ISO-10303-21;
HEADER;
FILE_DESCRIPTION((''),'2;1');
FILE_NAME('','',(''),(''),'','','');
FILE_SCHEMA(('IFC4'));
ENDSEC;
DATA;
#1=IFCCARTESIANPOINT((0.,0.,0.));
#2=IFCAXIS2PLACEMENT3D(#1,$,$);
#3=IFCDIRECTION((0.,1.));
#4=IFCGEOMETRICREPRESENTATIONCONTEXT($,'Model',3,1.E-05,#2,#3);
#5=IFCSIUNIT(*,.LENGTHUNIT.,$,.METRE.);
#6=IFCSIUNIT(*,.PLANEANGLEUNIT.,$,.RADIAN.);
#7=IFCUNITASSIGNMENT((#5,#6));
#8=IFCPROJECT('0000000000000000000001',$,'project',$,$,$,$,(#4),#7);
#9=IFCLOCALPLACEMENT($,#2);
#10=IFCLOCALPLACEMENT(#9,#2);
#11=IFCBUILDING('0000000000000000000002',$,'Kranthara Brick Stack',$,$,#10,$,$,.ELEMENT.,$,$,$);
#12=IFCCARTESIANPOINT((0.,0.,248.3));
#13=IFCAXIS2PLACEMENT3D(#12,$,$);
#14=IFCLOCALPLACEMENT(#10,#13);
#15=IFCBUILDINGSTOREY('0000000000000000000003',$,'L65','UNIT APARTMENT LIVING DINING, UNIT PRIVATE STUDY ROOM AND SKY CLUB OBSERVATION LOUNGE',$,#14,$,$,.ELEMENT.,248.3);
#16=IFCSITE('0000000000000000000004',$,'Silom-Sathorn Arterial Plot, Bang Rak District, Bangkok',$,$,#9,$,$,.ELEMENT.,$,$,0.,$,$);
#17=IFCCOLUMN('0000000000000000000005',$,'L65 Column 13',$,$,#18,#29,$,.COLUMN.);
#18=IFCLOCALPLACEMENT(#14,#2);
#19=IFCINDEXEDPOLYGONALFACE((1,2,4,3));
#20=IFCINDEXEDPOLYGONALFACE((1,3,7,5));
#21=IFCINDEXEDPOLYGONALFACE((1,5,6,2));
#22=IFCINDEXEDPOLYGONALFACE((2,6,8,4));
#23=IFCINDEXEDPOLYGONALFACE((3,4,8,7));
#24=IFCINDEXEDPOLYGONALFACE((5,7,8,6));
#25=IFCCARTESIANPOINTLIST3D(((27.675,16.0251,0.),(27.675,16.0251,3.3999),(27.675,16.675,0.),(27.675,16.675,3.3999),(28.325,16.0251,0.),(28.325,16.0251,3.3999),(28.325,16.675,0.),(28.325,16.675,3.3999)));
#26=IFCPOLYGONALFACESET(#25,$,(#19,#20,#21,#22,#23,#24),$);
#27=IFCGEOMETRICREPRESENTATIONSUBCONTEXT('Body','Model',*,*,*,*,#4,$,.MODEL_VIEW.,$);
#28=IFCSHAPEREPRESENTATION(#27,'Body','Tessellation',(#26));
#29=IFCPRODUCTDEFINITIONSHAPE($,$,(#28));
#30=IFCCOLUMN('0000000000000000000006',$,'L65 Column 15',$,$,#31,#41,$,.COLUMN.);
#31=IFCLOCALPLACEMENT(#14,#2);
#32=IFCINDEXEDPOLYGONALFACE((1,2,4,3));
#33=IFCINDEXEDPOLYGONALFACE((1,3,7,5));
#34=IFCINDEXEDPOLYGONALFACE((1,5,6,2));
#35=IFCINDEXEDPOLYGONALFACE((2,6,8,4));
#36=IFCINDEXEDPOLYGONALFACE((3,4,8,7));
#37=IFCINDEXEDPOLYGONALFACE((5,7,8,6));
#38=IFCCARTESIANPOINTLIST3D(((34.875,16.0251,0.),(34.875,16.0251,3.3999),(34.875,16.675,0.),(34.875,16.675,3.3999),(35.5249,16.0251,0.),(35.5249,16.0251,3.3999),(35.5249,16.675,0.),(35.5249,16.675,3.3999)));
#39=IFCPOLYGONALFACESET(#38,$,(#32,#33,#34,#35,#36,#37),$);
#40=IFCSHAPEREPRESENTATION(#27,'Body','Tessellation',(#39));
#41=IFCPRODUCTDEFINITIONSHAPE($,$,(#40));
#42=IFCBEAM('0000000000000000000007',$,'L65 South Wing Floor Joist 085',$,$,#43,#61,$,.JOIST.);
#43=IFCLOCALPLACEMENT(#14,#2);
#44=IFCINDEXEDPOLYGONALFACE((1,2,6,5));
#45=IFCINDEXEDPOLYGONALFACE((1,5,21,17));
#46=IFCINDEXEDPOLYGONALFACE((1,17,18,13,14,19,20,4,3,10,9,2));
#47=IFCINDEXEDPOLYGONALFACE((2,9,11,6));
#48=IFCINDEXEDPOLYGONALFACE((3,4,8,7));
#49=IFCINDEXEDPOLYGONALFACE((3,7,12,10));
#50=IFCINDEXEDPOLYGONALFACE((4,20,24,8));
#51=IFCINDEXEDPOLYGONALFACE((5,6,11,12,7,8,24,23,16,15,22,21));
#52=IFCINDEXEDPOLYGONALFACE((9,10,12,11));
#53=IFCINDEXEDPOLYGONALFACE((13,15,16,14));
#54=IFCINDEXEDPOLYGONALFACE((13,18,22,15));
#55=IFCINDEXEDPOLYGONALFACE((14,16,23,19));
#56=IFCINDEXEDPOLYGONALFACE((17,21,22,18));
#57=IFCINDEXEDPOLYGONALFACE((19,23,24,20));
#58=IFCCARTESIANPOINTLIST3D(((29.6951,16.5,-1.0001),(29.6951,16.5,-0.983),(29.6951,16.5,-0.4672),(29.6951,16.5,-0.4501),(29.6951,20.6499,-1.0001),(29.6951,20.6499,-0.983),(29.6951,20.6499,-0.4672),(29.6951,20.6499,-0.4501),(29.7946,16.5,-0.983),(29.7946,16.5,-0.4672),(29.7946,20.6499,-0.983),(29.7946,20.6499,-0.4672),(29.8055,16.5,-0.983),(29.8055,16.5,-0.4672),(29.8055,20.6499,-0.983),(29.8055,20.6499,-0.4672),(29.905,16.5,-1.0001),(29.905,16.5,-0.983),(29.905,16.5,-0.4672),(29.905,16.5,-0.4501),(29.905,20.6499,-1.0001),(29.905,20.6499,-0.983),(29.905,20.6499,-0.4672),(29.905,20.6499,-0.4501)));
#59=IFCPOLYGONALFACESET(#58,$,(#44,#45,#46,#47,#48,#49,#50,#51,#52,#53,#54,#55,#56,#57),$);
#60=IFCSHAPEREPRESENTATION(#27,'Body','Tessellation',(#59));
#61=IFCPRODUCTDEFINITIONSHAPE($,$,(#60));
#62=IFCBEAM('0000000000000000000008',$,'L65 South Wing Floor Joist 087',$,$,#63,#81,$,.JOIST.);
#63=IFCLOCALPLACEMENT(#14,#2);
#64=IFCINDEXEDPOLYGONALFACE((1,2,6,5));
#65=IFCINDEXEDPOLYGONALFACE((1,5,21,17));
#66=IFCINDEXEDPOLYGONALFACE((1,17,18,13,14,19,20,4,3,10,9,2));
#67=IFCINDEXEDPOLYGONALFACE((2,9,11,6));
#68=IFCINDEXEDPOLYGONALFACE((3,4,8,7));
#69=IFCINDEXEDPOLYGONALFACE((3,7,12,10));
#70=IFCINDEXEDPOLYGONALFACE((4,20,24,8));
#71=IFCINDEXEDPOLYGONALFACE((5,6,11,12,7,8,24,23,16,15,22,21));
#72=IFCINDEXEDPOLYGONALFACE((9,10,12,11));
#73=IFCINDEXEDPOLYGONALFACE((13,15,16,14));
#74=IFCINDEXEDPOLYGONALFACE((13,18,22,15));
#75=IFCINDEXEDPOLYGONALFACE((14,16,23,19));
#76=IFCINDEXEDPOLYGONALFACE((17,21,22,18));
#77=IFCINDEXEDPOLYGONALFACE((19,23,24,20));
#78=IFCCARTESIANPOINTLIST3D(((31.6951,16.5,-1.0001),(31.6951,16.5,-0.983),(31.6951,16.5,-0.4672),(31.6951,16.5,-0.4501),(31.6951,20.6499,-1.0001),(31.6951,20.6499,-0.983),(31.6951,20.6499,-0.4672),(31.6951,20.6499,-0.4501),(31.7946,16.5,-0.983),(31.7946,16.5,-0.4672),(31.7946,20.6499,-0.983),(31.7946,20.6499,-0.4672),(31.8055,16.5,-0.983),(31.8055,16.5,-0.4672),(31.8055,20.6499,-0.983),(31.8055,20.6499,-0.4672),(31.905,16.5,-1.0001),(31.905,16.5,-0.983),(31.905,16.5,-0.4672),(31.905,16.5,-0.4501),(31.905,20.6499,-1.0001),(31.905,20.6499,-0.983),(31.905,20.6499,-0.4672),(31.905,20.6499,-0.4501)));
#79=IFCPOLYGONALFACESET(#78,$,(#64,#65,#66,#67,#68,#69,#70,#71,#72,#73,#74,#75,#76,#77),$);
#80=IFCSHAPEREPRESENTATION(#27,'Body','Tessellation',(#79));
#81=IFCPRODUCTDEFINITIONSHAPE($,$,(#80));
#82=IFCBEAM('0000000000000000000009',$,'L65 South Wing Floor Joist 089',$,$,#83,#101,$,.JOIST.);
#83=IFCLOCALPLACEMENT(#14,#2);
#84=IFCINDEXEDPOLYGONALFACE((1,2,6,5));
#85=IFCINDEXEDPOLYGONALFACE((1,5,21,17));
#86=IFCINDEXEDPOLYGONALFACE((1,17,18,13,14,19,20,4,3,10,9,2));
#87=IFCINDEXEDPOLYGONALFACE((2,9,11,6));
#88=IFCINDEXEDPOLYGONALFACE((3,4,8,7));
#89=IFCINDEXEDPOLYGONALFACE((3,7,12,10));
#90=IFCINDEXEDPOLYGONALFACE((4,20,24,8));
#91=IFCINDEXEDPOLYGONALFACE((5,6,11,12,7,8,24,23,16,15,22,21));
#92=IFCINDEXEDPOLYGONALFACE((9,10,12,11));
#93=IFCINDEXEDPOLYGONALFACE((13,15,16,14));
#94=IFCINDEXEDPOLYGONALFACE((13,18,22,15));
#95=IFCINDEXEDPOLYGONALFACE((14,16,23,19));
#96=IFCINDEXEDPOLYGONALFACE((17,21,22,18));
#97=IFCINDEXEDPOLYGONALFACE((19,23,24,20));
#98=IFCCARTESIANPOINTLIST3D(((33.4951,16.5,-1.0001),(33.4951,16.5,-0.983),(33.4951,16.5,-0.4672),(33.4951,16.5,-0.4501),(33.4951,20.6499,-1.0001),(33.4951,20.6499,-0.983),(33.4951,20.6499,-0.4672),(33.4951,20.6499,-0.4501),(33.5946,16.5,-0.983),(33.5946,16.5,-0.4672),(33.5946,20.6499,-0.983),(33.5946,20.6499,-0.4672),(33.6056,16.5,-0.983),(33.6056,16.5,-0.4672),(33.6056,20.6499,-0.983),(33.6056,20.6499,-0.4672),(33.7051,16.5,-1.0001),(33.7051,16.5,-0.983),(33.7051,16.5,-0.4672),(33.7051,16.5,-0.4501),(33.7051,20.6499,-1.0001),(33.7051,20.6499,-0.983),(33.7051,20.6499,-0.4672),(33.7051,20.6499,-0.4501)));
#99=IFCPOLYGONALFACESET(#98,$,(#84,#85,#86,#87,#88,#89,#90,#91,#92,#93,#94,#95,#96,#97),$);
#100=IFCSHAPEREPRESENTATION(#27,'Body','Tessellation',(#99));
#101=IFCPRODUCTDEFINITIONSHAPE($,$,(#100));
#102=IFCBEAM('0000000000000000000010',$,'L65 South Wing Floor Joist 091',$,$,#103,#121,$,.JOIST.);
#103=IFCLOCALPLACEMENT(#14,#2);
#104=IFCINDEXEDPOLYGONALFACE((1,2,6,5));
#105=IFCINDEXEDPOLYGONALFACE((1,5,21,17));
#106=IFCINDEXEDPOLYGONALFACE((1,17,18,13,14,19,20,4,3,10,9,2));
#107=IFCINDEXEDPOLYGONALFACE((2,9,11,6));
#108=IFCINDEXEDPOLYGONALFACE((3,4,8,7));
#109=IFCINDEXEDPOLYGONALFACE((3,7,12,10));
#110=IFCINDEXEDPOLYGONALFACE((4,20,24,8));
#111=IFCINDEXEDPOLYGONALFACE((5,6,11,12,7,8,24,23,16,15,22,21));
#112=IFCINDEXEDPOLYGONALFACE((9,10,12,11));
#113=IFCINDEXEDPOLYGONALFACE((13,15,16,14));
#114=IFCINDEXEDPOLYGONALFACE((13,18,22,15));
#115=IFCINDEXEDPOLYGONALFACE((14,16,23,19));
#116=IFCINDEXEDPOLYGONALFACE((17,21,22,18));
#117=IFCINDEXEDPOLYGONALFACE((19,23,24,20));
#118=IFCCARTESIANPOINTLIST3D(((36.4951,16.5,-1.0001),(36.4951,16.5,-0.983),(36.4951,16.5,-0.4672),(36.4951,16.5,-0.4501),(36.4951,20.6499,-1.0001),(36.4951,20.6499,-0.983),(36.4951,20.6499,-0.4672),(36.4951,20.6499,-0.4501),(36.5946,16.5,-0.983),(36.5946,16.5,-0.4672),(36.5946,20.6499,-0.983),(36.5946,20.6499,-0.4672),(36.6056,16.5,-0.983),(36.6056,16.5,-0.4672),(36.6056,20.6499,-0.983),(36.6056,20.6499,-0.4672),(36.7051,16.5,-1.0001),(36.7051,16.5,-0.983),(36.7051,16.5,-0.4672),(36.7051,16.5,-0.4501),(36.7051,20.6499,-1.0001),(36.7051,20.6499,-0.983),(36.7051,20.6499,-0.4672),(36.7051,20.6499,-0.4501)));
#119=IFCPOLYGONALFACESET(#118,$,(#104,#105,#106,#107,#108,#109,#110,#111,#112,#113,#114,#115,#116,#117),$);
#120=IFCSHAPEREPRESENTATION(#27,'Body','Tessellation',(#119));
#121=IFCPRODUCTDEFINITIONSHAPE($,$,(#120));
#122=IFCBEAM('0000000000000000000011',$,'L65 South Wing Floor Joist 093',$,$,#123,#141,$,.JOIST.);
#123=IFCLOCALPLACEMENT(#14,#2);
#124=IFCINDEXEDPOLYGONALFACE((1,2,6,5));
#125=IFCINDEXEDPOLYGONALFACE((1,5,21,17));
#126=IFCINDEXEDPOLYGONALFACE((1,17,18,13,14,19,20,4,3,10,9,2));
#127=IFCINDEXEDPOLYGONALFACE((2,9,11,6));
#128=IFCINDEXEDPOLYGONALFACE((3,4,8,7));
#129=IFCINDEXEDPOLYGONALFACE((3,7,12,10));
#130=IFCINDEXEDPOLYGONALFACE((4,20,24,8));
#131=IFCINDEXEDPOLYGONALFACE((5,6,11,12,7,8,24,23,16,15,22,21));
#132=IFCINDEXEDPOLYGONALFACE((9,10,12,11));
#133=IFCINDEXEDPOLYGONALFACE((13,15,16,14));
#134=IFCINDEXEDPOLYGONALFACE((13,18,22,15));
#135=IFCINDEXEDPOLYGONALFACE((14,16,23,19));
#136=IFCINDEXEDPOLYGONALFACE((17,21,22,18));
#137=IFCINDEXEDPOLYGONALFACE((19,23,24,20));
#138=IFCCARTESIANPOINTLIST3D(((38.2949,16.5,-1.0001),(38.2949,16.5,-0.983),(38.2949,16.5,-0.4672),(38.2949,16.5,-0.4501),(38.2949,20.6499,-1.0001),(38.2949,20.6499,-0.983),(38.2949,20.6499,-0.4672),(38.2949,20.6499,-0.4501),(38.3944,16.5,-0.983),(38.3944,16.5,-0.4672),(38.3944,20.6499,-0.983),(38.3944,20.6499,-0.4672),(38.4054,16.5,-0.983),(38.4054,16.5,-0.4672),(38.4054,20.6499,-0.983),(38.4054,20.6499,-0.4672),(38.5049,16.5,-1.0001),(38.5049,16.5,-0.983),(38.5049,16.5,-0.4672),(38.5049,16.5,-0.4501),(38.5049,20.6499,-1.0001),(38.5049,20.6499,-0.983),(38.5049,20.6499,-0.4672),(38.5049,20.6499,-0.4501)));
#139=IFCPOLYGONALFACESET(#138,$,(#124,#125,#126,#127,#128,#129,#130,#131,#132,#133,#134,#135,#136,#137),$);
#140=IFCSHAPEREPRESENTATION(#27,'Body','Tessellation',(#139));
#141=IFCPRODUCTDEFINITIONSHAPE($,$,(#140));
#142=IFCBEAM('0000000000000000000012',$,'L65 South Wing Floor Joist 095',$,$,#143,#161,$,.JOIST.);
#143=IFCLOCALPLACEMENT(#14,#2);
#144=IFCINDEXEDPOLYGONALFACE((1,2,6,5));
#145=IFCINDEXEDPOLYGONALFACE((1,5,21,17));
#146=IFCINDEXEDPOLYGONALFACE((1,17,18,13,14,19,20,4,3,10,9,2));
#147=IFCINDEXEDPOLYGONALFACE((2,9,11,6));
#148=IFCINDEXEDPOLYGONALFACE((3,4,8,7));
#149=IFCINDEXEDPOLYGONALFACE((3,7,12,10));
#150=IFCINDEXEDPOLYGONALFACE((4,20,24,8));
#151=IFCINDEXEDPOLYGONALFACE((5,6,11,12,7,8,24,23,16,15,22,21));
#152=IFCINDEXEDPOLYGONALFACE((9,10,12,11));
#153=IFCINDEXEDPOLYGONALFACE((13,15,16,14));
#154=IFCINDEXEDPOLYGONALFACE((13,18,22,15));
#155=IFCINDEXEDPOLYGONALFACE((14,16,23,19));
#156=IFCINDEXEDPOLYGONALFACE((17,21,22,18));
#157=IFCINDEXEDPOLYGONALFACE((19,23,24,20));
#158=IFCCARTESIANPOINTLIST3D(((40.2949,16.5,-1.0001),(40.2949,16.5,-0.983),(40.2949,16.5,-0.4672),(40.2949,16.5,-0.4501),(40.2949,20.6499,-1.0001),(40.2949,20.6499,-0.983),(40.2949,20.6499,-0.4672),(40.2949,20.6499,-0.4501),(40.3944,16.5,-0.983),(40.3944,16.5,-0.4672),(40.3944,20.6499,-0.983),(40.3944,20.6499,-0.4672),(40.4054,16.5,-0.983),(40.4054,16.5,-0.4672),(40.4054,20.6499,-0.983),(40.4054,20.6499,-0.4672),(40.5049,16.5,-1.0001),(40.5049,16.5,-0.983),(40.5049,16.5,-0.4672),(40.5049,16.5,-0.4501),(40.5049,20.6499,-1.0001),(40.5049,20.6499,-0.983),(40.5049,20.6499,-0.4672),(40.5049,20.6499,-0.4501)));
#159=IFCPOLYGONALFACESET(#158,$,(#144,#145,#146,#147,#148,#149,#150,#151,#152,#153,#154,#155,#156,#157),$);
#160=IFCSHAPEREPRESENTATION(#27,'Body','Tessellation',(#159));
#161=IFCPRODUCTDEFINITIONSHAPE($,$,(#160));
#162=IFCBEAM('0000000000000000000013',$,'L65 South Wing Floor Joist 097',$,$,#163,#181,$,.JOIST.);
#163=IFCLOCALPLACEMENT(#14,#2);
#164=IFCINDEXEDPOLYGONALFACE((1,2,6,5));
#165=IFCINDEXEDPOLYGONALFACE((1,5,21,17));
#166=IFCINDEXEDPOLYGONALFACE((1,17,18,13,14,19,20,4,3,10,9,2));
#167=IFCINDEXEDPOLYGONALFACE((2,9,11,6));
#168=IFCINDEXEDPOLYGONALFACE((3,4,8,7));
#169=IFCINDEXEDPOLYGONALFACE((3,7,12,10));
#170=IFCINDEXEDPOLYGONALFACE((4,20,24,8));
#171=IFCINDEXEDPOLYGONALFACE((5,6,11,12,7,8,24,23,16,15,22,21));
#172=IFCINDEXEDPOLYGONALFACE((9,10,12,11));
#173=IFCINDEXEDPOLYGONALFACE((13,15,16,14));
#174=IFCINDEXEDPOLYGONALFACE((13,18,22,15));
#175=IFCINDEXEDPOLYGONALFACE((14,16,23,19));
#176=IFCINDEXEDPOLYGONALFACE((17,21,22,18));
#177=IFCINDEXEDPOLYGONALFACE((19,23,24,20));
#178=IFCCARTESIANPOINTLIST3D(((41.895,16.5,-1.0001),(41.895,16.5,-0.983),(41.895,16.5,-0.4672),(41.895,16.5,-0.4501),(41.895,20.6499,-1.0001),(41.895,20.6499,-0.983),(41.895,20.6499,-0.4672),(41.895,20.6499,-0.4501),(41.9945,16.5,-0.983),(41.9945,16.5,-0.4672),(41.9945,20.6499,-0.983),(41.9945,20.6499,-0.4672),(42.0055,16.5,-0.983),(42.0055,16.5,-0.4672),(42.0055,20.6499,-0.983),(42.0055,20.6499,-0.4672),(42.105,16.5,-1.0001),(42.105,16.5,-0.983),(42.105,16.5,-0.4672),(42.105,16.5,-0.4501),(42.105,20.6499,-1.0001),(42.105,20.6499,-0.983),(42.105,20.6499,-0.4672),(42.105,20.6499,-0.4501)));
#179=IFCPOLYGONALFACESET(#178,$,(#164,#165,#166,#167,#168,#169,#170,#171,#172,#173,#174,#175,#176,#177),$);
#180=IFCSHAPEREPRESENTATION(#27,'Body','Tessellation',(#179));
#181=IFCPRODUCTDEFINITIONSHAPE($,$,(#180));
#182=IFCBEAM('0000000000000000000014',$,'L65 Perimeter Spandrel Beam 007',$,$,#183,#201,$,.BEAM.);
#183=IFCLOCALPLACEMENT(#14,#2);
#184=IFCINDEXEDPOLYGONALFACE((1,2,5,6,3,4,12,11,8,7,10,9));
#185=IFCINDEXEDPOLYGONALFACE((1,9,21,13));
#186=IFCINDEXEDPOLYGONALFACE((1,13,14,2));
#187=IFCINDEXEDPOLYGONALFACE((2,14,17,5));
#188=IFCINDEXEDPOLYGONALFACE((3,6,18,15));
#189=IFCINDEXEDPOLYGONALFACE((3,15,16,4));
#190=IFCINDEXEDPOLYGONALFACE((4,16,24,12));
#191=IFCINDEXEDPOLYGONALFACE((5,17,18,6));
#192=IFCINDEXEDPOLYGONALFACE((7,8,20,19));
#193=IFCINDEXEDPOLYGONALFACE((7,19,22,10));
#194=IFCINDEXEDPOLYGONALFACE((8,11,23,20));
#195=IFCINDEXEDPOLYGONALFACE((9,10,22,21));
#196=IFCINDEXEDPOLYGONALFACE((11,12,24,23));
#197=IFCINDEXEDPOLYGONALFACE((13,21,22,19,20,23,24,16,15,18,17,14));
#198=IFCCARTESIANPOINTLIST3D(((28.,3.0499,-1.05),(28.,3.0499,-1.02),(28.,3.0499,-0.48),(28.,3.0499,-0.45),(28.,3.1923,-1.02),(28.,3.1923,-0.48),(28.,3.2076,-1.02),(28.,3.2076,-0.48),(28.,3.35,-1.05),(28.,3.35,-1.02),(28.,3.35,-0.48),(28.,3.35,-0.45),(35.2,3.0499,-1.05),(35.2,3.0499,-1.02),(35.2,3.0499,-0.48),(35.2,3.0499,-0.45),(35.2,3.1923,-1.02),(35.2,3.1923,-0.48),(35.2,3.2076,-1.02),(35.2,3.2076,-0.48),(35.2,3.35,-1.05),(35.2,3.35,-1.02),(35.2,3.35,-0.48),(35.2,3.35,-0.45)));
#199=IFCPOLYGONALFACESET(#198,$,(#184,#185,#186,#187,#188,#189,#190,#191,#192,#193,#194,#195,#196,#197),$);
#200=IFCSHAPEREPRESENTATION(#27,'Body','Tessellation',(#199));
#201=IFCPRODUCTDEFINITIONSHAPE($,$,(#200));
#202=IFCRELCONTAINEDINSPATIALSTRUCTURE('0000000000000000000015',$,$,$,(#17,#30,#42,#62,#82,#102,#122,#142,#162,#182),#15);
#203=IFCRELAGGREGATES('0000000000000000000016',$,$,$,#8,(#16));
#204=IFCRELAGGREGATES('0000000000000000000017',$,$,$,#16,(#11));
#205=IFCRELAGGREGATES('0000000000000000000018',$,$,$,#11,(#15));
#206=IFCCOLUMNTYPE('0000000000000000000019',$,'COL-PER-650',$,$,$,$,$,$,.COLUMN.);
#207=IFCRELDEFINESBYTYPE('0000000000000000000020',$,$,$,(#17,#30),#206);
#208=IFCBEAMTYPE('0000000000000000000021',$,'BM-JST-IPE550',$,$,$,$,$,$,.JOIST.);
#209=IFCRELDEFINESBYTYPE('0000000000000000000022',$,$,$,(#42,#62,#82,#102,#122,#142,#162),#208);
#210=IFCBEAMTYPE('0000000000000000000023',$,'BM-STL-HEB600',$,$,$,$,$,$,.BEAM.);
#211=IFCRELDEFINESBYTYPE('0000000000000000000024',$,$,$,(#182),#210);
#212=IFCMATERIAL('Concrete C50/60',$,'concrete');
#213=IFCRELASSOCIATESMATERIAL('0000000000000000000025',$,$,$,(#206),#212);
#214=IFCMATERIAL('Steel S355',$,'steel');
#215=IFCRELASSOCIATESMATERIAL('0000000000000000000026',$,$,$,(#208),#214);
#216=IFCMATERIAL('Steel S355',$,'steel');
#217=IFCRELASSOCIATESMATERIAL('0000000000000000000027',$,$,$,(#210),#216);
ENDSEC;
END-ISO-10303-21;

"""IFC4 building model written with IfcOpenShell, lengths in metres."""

from ifc_helpers import new_model, si_unit, direction, frame, origin, origin_2d, place, context, subcontext, project, spatial, rectangle, i_section, extrude, material, material_profile, profile_set, type_object, element, save


model = new_model("IFC4")

# Units and contexts
model_context = context("Model", 3, precision=1e-05, world=origin(), true_north=direction((0.0, 1.0)))
body_context = subcontext(model_context, "Body", "Model", "MODEL_VIEW")
ifc_project = project(units=[si_unit("LENGTHUNIT", "METRE"), si_unit("PLANEANGLEUNIT", "RADIAN")], contexts=[model_context])

# Site, building, storey
site_placement = place(None, origin())
site = spatial("IfcSite", under=ifc_project, at=site_placement, Name="Silom-Sathorn Arterial Plot, Bang Rak District, Bangkok", CompositionType="ELEMENT", RefElevation=0.0)
building_placement = place(site_placement, origin())
building = spatial("IfcBuilding", under=site, at=building_placement, Name="Kranthara Brick Stack", CompositionType="ELEMENT")
storey_placement = place(building_placement, frame((0.0, 0.0, 248.3)))
storey = spatial("IfcBuildingStorey", under=building, at=storey_placement, Name="L65", Description="UNIT APARTMENT LIVING DINING, UNIT PRIVATE STUDY ROOM AND SKY CLUB OBSERVATION LOUNGE", CompositionType="ELEMENT", Elevation=248.3)

# Columns
ifc_material_1 = material(Name="Concrete C50/60", Category="concrete")
ifc_material_profile_1 = material_profile(ifc_material_1, rectangle(XDim=0.6499, YDim=0.6499, at=origin_2d()), Name="RC 650x650")
ifc_profile_set_1 = profile_set([ifc_material_profile_1], Name="Concrete C50/60")
column_type = type_object("IfcColumnType", Name="COL-PER-650", PredefinedType="COLUMN", material=ifc_profile_set_1)
for number, where, z_axis, x_axis, name in (
    (1, (28.0, 16.3501, 0.0), (0.0, 0.0, 1.0), (1.0, 0.0, 0.0), "L65 Column 13"),
    (2, (35.2, 16.3501, 0.0), (0.0, 0.0, 1.0), (1.0, 0.0, 0.0), "L65 Column 15"),
):
    element("IfcColumn", number, at=place(storey_placement, frame(where, z_axis=z_axis, x_axis=x_axis)), inside=storey, type_object=column_type, Name=name, PredefinedType="COLUMN", context=body_context, shape_type="SweptSolid", body=[
        extrude(rectangle(XDim=0.6499, YDim=0.6499, at=origin_2d()), origin(), (0.0, 0.0, 1.0), 3.3999),
    ])

# Beams
ifc_material_2 = material(Name="Steel S355", Category="steel")
ifc_material_profile_2 = material_profile(ifc_material_2, i_section(OverallWidth=0.21, OverallDepth=0.55, WebThickness=0.011, FlangeThickness=0.0171, at=origin_2d()), Name="IPE 550")
ifc_profile_set_2 = profile_set([ifc_material_profile_2], Name="Steel S355")
beam_type_1 = type_object("IfcBeamType", Name="BM-JST-IPE550", PredefinedType="JOIST", material=ifc_profile_set_2)
for number, where, z_axis, x_axis, name in (
    (3, (29.8, 16.5, -0.7251), (0.0, 1.0, 0.0), (-1.0, 0.0, 0.0), "L65 South Wing Floor Joist 085"),
    (4, (31.8, 16.5, -0.7251), (0.0, 1.0, 0.0), (-1.0, 0.0, 0.0), "L65 South Wing Floor Joist 087"),
    (5, (33.6001, 16.5, -0.7251), (0.0, 1.0, 0.0), (-1.0, 0.0, 0.0), "L65 South Wing Floor Joist 089"),
    (6, (36.6001, 16.5, -0.7251), (0.0, 1.0, 0.0), (-1.0, 0.0, 0.0), "L65 South Wing Floor Joist 091"),
    (7, (38.3999, 16.5, -0.7251), (0.0, 1.0, 0.0), (-1.0, 0.0, 0.0), "L65 South Wing Floor Joist 093"),
    (8, (40.3999, 16.5, -0.7251), (0.0, 1.0, 0.0), (-1.0, 0.0, 0.0), "L65 South Wing Floor Joist 095"),
    (9, (42.0, 16.5, -0.7251), (0.0, 1.0, 0.0), (-1.0, 0.0, 0.0), "L65 South Wing Floor Joist 097"),
):
    element("IfcBeam", number, at=place(storey_placement, frame(where, z_axis=z_axis, x_axis=x_axis)), inside=storey, type_object=beam_type_1, Name=name, PredefinedType="JOIST", context=body_context, shape_type="SweptSolid", body=[
        extrude(i_section(OverallWidth=0.21, OverallDepth=0.55, WebThickness=0.011, FlangeThickness=0.0171, at=origin_2d()), origin(), (0.0, 0.0, 1.0), 4.1499),
    ])
ifc_material_3 = material(Name="Steel S355", Category="steel")
ifc_material_profile_3 = material_profile(ifc_material_3, i_section(OverallWidth=0.3, OverallDepth=0.6001, WebThickness=0.0154, FlangeThickness=0.03, at=origin_2d()), Name="HEB 600")
ifc_profile_set_3 = profile_set([ifc_material_profile_3], Name="Steel S355")
beam_type_2 = type_object("IfcBeamType", Name="BM-STL-HEB600", PredefinedType="BEAM", material=ifc_profile_set_3)
beam_1_placement = place(storey_placement, frame((28.0, 3.2, -0.75), z_axis=(1.0, 0.0, 0.0), x_axis=(0.0, 1.0, 0.0)))
element("IfcBeam", 10, at=beam_1_placement, inside=storey, type_object=beam_type_2, Name="L65 Perimeter Spandrel Beam 007", PredefinedType="BEAM", context=body_context, shape_type="SweptSolid", body=[
    extrude(i_section(OverallWidth=0.3, OverallDepth=0.6001, WebThickness=0.0154, FlangeThickness=0.03, at=origin_2d()), origin(), (0.0, 0.0, 1.0), 7.2),
])

save(model, "model.ifc")
